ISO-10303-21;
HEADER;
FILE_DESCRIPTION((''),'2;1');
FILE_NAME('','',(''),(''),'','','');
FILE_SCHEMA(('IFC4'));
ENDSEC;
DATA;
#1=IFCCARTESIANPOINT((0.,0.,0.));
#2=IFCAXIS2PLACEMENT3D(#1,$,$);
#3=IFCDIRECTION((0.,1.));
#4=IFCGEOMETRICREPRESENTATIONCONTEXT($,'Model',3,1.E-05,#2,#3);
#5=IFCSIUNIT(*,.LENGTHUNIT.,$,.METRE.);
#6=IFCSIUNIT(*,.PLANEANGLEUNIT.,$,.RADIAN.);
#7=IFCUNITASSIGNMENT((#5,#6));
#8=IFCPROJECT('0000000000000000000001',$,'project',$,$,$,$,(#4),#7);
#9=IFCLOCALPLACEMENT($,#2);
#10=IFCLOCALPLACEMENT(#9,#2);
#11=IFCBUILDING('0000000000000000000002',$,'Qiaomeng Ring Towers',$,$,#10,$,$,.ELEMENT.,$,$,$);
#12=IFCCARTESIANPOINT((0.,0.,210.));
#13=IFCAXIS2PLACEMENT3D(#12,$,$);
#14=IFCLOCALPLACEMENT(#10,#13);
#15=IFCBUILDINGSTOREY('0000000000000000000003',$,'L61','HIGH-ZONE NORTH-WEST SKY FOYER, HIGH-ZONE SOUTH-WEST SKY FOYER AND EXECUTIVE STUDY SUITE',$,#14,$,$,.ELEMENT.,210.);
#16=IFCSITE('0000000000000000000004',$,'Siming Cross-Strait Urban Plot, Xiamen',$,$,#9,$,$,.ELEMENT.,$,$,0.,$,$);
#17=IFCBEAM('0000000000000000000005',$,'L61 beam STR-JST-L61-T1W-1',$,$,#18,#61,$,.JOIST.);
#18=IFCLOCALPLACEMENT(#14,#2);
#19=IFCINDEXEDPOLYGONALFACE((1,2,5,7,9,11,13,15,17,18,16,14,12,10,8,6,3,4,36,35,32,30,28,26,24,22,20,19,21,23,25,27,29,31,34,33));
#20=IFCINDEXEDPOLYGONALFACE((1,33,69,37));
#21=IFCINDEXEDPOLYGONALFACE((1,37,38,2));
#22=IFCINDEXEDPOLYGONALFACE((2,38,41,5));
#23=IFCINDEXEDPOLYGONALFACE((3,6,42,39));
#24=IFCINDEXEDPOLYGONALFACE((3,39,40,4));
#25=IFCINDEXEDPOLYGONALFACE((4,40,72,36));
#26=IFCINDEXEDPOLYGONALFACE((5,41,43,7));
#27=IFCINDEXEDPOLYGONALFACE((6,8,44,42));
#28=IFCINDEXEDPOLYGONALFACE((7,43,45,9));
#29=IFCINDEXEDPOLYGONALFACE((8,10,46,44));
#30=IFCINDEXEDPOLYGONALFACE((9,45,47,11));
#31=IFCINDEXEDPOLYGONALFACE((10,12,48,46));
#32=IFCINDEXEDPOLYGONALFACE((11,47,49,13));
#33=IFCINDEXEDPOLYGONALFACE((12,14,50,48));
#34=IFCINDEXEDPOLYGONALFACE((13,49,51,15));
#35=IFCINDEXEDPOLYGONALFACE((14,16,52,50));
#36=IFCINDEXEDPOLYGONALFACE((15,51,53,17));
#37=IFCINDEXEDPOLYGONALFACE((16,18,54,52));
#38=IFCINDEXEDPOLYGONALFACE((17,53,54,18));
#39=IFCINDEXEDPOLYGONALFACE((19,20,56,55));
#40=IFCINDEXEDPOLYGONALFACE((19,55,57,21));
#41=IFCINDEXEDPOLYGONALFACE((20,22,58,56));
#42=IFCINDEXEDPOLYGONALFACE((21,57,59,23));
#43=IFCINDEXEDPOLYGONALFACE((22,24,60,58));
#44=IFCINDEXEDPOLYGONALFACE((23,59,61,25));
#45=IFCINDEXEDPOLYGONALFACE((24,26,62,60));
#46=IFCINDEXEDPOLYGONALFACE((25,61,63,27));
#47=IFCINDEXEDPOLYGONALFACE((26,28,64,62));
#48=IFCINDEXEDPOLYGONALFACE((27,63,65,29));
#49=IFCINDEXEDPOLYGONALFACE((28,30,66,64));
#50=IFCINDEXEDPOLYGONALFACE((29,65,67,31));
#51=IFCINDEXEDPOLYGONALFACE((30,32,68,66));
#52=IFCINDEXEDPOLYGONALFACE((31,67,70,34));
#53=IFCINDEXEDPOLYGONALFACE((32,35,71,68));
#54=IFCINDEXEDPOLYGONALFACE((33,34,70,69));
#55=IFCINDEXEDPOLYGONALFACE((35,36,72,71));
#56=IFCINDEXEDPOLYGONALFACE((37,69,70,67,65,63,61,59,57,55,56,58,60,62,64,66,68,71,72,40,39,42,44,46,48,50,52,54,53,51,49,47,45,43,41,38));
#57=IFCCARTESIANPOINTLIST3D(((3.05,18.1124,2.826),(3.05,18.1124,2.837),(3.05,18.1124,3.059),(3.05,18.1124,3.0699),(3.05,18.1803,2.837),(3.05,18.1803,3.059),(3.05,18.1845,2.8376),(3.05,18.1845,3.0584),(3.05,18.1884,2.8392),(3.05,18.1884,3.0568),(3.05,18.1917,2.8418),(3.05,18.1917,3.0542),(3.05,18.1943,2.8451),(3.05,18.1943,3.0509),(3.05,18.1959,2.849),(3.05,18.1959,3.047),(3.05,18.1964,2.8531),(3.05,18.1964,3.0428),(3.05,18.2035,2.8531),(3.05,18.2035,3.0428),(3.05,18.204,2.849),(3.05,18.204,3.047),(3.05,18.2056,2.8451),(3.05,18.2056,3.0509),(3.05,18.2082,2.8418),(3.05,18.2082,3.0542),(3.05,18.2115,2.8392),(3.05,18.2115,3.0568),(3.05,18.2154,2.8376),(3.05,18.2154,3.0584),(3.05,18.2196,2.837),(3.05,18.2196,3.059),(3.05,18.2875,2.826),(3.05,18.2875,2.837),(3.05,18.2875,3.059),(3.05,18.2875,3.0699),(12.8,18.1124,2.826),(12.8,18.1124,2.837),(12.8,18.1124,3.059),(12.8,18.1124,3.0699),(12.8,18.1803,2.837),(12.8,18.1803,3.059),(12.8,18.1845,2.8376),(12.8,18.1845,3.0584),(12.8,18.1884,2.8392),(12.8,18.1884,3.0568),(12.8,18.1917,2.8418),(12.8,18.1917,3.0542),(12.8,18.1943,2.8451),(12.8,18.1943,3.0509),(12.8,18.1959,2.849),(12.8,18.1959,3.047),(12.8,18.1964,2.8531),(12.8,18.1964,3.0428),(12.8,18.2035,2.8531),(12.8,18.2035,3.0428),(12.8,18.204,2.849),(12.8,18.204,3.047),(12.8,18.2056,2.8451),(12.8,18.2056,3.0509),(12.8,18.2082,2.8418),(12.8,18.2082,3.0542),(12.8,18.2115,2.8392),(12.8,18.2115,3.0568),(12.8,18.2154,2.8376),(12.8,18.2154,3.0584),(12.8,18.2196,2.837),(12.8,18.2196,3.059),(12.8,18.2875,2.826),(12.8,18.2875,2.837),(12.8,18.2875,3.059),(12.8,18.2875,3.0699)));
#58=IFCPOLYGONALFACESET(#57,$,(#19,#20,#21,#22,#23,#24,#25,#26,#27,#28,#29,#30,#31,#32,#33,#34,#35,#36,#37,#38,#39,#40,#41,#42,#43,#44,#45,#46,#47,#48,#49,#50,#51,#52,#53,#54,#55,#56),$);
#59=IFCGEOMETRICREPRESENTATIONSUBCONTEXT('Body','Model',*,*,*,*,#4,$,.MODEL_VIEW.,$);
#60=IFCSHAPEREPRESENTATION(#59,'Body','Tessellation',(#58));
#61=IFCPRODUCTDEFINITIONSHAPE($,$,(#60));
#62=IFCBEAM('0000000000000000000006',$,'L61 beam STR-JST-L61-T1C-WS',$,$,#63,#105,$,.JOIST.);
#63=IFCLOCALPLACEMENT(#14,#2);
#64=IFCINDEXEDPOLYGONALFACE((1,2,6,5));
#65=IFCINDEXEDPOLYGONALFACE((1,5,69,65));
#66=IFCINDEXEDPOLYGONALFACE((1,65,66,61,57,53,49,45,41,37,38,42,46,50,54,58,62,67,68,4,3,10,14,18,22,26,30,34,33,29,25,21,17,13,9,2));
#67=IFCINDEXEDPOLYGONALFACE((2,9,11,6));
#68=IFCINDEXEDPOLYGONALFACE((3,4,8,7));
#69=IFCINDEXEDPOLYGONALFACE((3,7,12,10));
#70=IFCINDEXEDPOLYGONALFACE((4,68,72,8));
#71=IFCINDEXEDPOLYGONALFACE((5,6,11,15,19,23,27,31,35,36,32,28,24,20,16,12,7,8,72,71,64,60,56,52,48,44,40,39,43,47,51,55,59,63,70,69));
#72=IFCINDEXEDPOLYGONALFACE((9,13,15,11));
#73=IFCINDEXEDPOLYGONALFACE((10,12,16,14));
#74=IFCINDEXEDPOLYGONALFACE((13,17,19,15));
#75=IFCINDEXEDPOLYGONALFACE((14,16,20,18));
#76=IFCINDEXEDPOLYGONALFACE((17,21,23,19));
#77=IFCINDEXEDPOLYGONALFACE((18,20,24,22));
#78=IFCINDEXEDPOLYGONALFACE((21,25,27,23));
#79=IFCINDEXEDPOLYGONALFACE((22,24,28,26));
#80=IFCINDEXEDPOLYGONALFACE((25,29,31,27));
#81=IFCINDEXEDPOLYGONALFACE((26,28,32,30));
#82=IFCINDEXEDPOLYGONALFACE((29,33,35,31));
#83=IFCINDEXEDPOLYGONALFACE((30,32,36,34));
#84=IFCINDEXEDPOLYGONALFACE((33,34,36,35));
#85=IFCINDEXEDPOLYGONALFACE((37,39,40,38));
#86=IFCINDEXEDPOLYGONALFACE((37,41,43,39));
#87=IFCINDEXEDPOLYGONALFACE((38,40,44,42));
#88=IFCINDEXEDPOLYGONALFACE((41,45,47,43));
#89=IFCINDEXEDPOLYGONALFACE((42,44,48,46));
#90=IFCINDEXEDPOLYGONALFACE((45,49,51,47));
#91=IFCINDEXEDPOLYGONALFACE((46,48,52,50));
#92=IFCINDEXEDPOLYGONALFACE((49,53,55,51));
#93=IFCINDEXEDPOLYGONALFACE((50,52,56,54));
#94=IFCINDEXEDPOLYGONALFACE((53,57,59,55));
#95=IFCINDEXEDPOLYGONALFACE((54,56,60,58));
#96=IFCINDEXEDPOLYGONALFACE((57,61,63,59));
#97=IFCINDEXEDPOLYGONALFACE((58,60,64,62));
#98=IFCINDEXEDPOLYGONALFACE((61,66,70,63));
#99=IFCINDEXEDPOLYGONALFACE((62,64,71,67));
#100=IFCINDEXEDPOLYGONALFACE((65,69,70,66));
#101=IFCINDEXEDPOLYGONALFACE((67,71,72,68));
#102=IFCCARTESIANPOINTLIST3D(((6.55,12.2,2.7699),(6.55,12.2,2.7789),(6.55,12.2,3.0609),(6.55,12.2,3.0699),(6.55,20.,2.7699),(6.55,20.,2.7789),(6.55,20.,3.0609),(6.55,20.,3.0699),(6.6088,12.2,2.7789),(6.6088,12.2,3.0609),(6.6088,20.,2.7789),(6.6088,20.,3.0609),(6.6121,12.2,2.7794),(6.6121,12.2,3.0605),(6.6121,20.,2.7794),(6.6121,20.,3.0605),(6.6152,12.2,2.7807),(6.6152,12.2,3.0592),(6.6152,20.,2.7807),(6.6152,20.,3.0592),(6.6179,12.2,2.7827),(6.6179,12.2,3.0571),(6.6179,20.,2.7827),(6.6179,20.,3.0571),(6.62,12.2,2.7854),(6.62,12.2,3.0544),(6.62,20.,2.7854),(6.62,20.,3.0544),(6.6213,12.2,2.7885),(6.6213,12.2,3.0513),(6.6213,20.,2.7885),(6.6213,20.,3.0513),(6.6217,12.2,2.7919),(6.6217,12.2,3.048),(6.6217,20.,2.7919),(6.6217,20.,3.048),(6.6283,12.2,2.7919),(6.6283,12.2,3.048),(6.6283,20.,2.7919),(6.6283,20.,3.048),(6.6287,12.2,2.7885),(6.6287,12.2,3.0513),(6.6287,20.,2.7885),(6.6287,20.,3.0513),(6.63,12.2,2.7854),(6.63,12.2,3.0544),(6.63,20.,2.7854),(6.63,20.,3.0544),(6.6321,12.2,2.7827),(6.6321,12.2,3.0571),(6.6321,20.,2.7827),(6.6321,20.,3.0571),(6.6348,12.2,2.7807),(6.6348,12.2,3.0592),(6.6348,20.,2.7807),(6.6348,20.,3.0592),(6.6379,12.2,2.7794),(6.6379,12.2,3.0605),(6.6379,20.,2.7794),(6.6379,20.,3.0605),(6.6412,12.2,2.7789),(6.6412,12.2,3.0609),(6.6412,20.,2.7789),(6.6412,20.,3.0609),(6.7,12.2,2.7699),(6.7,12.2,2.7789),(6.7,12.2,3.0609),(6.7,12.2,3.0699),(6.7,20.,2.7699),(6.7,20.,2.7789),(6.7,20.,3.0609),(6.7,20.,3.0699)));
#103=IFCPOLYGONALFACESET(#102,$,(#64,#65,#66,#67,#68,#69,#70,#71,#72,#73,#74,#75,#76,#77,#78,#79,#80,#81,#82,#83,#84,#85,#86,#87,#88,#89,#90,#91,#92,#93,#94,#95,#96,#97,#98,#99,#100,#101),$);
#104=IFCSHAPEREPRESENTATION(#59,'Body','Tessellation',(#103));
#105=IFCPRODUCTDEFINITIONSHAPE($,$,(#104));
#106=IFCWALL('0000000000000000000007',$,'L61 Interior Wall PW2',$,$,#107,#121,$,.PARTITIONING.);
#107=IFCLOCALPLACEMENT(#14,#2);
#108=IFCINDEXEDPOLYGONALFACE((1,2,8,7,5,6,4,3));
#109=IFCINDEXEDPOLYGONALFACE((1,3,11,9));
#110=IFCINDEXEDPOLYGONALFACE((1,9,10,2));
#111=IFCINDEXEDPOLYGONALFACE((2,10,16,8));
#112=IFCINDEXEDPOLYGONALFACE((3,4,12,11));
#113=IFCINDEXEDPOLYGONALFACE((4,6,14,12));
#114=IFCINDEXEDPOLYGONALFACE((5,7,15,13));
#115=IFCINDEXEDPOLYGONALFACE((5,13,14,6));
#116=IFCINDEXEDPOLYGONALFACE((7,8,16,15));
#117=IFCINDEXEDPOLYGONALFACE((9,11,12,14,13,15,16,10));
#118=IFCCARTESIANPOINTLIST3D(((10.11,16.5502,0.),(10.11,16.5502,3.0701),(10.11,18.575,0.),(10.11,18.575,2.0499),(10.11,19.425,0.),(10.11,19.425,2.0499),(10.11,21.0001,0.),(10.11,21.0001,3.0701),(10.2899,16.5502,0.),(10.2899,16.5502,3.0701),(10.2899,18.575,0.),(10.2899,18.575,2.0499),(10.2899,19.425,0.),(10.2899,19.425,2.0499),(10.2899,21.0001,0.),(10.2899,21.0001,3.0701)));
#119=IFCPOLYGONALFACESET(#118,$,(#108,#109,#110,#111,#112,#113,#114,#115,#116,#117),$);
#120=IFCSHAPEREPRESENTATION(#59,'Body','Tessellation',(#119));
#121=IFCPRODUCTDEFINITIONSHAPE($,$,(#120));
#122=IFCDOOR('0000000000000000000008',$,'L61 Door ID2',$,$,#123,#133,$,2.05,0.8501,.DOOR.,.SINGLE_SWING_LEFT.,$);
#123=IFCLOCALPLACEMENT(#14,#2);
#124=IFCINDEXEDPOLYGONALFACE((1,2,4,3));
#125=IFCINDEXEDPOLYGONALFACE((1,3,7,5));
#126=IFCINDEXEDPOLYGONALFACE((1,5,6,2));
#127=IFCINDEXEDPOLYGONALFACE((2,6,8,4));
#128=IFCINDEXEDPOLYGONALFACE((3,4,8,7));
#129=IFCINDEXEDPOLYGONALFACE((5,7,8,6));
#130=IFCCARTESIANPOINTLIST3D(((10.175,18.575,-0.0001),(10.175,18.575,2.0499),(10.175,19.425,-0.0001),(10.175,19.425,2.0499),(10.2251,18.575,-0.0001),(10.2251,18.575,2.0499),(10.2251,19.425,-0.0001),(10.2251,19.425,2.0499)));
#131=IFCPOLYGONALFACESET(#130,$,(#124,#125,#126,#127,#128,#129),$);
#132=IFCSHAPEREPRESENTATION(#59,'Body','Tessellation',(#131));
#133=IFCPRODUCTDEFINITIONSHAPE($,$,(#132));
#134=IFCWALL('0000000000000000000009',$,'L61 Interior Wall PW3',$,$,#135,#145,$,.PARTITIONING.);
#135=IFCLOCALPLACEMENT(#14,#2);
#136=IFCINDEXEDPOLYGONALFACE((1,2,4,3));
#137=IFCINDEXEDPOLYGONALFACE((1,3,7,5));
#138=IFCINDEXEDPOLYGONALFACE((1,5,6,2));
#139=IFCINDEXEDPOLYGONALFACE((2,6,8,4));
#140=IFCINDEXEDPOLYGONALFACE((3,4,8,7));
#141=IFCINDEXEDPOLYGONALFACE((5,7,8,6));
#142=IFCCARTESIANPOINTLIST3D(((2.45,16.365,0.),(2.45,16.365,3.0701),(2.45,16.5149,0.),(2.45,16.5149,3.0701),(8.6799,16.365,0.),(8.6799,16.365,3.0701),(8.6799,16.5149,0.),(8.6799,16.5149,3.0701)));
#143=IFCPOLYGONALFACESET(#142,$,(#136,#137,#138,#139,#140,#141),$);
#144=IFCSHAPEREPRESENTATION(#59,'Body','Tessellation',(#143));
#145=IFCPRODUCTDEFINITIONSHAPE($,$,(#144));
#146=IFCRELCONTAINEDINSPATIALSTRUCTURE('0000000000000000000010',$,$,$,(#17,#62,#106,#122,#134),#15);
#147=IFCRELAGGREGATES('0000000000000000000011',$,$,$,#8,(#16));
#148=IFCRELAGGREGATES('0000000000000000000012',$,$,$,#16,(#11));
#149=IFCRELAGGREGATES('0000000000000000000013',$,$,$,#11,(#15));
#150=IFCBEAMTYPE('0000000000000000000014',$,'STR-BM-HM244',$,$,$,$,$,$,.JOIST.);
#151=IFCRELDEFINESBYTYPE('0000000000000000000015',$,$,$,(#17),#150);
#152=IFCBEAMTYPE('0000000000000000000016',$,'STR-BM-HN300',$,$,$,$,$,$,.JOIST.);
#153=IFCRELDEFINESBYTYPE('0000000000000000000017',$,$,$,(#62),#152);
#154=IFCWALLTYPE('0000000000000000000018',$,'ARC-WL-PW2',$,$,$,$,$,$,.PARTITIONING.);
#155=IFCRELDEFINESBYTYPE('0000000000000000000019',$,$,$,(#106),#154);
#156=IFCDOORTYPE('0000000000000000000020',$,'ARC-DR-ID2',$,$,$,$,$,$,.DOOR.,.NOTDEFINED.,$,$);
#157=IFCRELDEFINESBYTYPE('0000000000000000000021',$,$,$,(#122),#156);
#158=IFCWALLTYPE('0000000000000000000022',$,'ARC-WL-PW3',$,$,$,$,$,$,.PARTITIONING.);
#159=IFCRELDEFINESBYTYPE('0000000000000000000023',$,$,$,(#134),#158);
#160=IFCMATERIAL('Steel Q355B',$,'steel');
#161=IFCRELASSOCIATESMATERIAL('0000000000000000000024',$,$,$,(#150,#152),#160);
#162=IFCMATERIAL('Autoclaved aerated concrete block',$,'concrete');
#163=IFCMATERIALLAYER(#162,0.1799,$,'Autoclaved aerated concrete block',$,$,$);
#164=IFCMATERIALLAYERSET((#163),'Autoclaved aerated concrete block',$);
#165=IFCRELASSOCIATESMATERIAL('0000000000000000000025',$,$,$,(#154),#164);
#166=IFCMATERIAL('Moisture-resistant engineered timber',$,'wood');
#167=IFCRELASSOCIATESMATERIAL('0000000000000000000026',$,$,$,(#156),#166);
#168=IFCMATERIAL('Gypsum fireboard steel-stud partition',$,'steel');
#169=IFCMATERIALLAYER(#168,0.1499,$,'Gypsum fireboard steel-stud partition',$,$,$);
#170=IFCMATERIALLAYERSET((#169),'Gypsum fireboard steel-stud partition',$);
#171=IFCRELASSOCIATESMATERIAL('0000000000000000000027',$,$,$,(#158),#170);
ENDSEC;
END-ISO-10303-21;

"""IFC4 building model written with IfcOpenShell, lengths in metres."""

from ifc_helpers import new_model, si_unit, direction, frame, frame_2d, origin, origin_2d, place, context, subcontext, project, spatial, rectangle, i_section, extrude, source, transform, mapped, material, layer, layer_set, material_profile, profile_set, type_object, element, fill, save


model = new_model("IFC4")

# Units and contexts
model_context = context("Model", 3, precision=1e-05, world=origin(), true_north=direction((0.0, 1.0)))
body_context = subcontext(model_context, "Body", "Model", "MODEL_VIEW")
ifc_project = project(units=[si_unit("LENGTHUNIT", "METRE"), si_unit("PLANEANGLEUNIT", "RADIAN")], contexts=[model_context])

# Site, building, storey
site_placement = place(None, origin())
site = spatial("IfcSite", under=ifc_project, at=site_placement, Name="Siming Cross-Strait Urban Plot, Xiamen", CompositionType="ELEMENT", RefElevation=0.0)
building_placement = place(site_placement, origin())
building = spatial("IfcBuilding", under=site, at=building_placement, Name="Qiaomeng Ring Towers", CompositionType="ELEMENT")
storey_placement = place(building_placement, frame((0.0, 0.0, 210.0)))
storey = spatial("IfcBuildingStorey", under=building, at=storey_placement, Name="L61", Description="HIGH-ZONE NORTH-WEST SKY FOYER, HIGH-ZONE SOUTH-WEST SKY FOYER AND EXECUTIVE STUDY SUITE", CompositionType="ELEMENT", Elevation=210.0)

# Beams
ifc_material_1 = material(Name="Steel Q355B", Category="steel")
ifc_material_profile_1 = material_profile(ifc_material_1, i_section(OverallWidth=0.175, OverallDepth=0.2439, WebThickness=0.0071, FlangeThickness=0.011, FilletRadius=0.0161, at=origin_2d()), Name="HM 244x175x7x11")
ifc_profile_set_1 = profile_set([ifc_material_profile_1], Name="Steel Q355B")
beam_type_1 = type_object("IfcBeamType", Name="STR-BM-HM244", PredefinedType="JOIST", material=ifc_profile_set_1)
shared_shape_1 = source(origin(), body_context, "Body", "SweptSolid", [
    extrude(i_section(OverallWidth=0.175, OverallDepth=0.2439, WebThickness=0.0071, FlangeThickness=0.011, FilletRadius=0.0161, at=origin_2d()), origin(), (0.0, 0.0, 1.0), 9.75),
])
beam_1_placement = place(storey_placement, frame((3.05, 18.2, 2.948), z_axis=(1.0, 0.0, 0.0), x_axis=(0.0, 1.0, 0.0)))
element("IfcBeam", 1, at=beam_1_placement, inside=storey, type_object=beam_type_1, Name="L61 beam STR-JST-L61-T1W-1", PredefinedType="JOIST", context=body_context, shape_type="MappedRepresentation", body=[
    mapped(shared_shape_1, transform((0.0, 0.0, 0.0), x_axis=(1.0, 0.0, 0.0), y_axis=(0.0, 1.0, 0.0), z_axis=(0.0, 0.0, 1.0), scale=1.0)),
])
ifc_material_profile_2 = material_profile(ifc_material_1, i_section(OverallWidth=0.1499, OverallDepth=0.3, WebThickness=0.0066, FlangeThickness=0.009, FilletRadius=0.0129, at=origin_2d()), Name="HN 300x150x6.5x9")
ifc_profile_set_2 = profile_set([ifc_material_profile_2], Name="Steel Q355B")
beam_type_2 = type_object("IfcBeamType", Name="STR-BM-HN300", PredefinedType="JOIST", material=ifc_profile_set_2)
shared_shape_2 = source(origin(), body_context, "Body", "SweptSolid", [
    extrude(i_section(OverallWidth=0.1499, OverallDepth=0.3, WebThickness=0.0066, FlangeThickness=0.009, FilletRadius=0.0129, at=origin_2d()), origin(), (0.0, 0.0, 1.0), 7.8),
])
beam_2_placement = place(storey_placement, frame((6.625, 12.2, 2.9199), z_axis=(0.0, 1.0, 0.0), x_axis=(-1.0, 0.0, 0.0)))
element("IfcBeam", 2, at=beam_2_placement, inside=storey, type_object=beam_type_2, Name="L61 beam STR-JST-L61-T1C-WS", PredefinedType="JOIST", context=body_context, shape_type="MappedRepresentation", body=[
    mapped(shared_shape_2, transform((0.0, 0.0, 0.0), x_axis=(1.0, 0.0, 0.0), y_axis=(0.0, 1.0, 0.0), z_axis=(0.0, 0.0, 1.0), scale=1.0)),
])

# Wall, opening, door
ifc_material_2 = material(Name="Autoclaved aerated concrete block", Category="concrete")
ifc_layer_1 = layer(ifc_material_2, 0.1799, Name="Autoclaved aerated concrete block")
ifc_layer_set_1 = layer_set([ifc_layer_1], Name="Autoclaved aerated concrete block")
wall_type_1 = type_object("IfcWallType", Name="ARC-WL-PW2", PredefinedType="PARTITIONING", material=ifc_layer_set_1)
wall_1_placement = place(storey_placement, frame((10.2, 16.55, 0.0), z_axis=(0.0, 0.0, 1.0), x_axis=(0.0, 1.0, 0.0)))
wall_1 = element("IfcWall", 3, at=wall_1_placement, inside=storey, type_object=wall_type_1, Name="L61 Interior Wall PW2", PredefinedType="PARTITIONING", context=body_context, shape_type="SweptSolid", body=[
    extrude(rectangle(XDim=4.45, YDim=0.1799, at=frame_2d((2.2251, 0.0))), origin(), (0.0, 0.0, 1.0), 3.0701),
])
opening_1_placement = place(wall_1_placement, frame((2.0249, 0.0, 0.0)))
opening_1 = element("IfcOpeningElement", 4, at=opening_1_placement, cuts=wall_1, PredefinedType="OPENING", context=body_context, shape_type="SweptSolid", body=[
    extrude(rectangle(XDim=0.8501, YDim=2.05, at=frame_2d((0.425, 1.0249))), frame((0.0, 0.0999, 0.0), z_axis=(0.0, -1.0, 0.0), x_axis=(1.0, 0.0, 0.0)), (0.0, 0.0, 1.0), 0.2),
])
ifc_material_3 = material(Name="Moisture-resistant engineered timber", Category="wood")
door_type_1 = type_object("IfcDoorType", Name="ARC-DR-ID2", OperationType="NOTDEFINED", PredefinedType="DOOR", material=ifc_material_3)
shared_shape_3 = source(origin(), body_context, "Body", "SweptSolid", [
    extrude(rectangle(XDim=0.8501, YDim=2.05, at=frame_2d((0.425, 1.0249))), frame((0.0, 0.0249, 0.0), z_axis=(0.0, -1.0, 0.0), x_axis=(1.0, 0.0, 0.0)), (0.0, 0.0, 1.0), 0.05),
])
door_1_placement = place(opening_1_placement, origin())
door_1 = element("IfcDoor", 5, at=door_1_placement, inside=storey, type_object=door_type_1, Name="L61 Door ID2", OperationType="SINGLE_SWING_LEFT", OverallHeight=2.05, OverallWidth=0.8501, PredefinedType="DOOR", context=body_context, shape_type="MappedRepresentation", body=[
    mapped(shared_shape_3, transform((0.0, 0.0, 0.0), x_axis=(1.0, 0.0, 0.0), y_axis=(0.0, 1.0, 0.0), z_axis=(0.0, 0.0, 1.0), scale=1.0)),
])
fill(opening_1, door_1)

# Wall
ifc_material_4 = material(Name="Gypsum fireboard steel-stud partition", Category="steel")
ifc_layer_2 = layer(ifc_material_4, 0.1499, Name="Gypsum fireboard steel-stud partition")
ifc_layer_set_2 = layer_set([ifc_layer_2], Name="Gypsum fireboard steel-stud partition")
wall_type_2 = type_object("IfcWallType", Name="ARC-WL-PW3", PredefinedType="PARTITIONING", material=ifc_layer_set_2)
wall_2_placement = place(storey_placement, frame((2.45, 16.4399, 0.0), z_axis=(0.0, 0.0, 1.0), x_axis=(1.0, 0.0, 0.0)))
element("IfcWall", 6, at=wall_2_placement, inside=storey, type_object=wall_type_2, Name="L61 Interior Wall PW3", PredefinedType="PARTITIONING", context=body_context, shape_type="SweptSolid", body=[
    extrude(rectangle(XDim=6.23, YDim=0.1499, at=frame_2d((3.115, 0.0))), origin(), (0.0, 0.0, 1.0), 3.0701),
])

save(model, "model.ifc")
